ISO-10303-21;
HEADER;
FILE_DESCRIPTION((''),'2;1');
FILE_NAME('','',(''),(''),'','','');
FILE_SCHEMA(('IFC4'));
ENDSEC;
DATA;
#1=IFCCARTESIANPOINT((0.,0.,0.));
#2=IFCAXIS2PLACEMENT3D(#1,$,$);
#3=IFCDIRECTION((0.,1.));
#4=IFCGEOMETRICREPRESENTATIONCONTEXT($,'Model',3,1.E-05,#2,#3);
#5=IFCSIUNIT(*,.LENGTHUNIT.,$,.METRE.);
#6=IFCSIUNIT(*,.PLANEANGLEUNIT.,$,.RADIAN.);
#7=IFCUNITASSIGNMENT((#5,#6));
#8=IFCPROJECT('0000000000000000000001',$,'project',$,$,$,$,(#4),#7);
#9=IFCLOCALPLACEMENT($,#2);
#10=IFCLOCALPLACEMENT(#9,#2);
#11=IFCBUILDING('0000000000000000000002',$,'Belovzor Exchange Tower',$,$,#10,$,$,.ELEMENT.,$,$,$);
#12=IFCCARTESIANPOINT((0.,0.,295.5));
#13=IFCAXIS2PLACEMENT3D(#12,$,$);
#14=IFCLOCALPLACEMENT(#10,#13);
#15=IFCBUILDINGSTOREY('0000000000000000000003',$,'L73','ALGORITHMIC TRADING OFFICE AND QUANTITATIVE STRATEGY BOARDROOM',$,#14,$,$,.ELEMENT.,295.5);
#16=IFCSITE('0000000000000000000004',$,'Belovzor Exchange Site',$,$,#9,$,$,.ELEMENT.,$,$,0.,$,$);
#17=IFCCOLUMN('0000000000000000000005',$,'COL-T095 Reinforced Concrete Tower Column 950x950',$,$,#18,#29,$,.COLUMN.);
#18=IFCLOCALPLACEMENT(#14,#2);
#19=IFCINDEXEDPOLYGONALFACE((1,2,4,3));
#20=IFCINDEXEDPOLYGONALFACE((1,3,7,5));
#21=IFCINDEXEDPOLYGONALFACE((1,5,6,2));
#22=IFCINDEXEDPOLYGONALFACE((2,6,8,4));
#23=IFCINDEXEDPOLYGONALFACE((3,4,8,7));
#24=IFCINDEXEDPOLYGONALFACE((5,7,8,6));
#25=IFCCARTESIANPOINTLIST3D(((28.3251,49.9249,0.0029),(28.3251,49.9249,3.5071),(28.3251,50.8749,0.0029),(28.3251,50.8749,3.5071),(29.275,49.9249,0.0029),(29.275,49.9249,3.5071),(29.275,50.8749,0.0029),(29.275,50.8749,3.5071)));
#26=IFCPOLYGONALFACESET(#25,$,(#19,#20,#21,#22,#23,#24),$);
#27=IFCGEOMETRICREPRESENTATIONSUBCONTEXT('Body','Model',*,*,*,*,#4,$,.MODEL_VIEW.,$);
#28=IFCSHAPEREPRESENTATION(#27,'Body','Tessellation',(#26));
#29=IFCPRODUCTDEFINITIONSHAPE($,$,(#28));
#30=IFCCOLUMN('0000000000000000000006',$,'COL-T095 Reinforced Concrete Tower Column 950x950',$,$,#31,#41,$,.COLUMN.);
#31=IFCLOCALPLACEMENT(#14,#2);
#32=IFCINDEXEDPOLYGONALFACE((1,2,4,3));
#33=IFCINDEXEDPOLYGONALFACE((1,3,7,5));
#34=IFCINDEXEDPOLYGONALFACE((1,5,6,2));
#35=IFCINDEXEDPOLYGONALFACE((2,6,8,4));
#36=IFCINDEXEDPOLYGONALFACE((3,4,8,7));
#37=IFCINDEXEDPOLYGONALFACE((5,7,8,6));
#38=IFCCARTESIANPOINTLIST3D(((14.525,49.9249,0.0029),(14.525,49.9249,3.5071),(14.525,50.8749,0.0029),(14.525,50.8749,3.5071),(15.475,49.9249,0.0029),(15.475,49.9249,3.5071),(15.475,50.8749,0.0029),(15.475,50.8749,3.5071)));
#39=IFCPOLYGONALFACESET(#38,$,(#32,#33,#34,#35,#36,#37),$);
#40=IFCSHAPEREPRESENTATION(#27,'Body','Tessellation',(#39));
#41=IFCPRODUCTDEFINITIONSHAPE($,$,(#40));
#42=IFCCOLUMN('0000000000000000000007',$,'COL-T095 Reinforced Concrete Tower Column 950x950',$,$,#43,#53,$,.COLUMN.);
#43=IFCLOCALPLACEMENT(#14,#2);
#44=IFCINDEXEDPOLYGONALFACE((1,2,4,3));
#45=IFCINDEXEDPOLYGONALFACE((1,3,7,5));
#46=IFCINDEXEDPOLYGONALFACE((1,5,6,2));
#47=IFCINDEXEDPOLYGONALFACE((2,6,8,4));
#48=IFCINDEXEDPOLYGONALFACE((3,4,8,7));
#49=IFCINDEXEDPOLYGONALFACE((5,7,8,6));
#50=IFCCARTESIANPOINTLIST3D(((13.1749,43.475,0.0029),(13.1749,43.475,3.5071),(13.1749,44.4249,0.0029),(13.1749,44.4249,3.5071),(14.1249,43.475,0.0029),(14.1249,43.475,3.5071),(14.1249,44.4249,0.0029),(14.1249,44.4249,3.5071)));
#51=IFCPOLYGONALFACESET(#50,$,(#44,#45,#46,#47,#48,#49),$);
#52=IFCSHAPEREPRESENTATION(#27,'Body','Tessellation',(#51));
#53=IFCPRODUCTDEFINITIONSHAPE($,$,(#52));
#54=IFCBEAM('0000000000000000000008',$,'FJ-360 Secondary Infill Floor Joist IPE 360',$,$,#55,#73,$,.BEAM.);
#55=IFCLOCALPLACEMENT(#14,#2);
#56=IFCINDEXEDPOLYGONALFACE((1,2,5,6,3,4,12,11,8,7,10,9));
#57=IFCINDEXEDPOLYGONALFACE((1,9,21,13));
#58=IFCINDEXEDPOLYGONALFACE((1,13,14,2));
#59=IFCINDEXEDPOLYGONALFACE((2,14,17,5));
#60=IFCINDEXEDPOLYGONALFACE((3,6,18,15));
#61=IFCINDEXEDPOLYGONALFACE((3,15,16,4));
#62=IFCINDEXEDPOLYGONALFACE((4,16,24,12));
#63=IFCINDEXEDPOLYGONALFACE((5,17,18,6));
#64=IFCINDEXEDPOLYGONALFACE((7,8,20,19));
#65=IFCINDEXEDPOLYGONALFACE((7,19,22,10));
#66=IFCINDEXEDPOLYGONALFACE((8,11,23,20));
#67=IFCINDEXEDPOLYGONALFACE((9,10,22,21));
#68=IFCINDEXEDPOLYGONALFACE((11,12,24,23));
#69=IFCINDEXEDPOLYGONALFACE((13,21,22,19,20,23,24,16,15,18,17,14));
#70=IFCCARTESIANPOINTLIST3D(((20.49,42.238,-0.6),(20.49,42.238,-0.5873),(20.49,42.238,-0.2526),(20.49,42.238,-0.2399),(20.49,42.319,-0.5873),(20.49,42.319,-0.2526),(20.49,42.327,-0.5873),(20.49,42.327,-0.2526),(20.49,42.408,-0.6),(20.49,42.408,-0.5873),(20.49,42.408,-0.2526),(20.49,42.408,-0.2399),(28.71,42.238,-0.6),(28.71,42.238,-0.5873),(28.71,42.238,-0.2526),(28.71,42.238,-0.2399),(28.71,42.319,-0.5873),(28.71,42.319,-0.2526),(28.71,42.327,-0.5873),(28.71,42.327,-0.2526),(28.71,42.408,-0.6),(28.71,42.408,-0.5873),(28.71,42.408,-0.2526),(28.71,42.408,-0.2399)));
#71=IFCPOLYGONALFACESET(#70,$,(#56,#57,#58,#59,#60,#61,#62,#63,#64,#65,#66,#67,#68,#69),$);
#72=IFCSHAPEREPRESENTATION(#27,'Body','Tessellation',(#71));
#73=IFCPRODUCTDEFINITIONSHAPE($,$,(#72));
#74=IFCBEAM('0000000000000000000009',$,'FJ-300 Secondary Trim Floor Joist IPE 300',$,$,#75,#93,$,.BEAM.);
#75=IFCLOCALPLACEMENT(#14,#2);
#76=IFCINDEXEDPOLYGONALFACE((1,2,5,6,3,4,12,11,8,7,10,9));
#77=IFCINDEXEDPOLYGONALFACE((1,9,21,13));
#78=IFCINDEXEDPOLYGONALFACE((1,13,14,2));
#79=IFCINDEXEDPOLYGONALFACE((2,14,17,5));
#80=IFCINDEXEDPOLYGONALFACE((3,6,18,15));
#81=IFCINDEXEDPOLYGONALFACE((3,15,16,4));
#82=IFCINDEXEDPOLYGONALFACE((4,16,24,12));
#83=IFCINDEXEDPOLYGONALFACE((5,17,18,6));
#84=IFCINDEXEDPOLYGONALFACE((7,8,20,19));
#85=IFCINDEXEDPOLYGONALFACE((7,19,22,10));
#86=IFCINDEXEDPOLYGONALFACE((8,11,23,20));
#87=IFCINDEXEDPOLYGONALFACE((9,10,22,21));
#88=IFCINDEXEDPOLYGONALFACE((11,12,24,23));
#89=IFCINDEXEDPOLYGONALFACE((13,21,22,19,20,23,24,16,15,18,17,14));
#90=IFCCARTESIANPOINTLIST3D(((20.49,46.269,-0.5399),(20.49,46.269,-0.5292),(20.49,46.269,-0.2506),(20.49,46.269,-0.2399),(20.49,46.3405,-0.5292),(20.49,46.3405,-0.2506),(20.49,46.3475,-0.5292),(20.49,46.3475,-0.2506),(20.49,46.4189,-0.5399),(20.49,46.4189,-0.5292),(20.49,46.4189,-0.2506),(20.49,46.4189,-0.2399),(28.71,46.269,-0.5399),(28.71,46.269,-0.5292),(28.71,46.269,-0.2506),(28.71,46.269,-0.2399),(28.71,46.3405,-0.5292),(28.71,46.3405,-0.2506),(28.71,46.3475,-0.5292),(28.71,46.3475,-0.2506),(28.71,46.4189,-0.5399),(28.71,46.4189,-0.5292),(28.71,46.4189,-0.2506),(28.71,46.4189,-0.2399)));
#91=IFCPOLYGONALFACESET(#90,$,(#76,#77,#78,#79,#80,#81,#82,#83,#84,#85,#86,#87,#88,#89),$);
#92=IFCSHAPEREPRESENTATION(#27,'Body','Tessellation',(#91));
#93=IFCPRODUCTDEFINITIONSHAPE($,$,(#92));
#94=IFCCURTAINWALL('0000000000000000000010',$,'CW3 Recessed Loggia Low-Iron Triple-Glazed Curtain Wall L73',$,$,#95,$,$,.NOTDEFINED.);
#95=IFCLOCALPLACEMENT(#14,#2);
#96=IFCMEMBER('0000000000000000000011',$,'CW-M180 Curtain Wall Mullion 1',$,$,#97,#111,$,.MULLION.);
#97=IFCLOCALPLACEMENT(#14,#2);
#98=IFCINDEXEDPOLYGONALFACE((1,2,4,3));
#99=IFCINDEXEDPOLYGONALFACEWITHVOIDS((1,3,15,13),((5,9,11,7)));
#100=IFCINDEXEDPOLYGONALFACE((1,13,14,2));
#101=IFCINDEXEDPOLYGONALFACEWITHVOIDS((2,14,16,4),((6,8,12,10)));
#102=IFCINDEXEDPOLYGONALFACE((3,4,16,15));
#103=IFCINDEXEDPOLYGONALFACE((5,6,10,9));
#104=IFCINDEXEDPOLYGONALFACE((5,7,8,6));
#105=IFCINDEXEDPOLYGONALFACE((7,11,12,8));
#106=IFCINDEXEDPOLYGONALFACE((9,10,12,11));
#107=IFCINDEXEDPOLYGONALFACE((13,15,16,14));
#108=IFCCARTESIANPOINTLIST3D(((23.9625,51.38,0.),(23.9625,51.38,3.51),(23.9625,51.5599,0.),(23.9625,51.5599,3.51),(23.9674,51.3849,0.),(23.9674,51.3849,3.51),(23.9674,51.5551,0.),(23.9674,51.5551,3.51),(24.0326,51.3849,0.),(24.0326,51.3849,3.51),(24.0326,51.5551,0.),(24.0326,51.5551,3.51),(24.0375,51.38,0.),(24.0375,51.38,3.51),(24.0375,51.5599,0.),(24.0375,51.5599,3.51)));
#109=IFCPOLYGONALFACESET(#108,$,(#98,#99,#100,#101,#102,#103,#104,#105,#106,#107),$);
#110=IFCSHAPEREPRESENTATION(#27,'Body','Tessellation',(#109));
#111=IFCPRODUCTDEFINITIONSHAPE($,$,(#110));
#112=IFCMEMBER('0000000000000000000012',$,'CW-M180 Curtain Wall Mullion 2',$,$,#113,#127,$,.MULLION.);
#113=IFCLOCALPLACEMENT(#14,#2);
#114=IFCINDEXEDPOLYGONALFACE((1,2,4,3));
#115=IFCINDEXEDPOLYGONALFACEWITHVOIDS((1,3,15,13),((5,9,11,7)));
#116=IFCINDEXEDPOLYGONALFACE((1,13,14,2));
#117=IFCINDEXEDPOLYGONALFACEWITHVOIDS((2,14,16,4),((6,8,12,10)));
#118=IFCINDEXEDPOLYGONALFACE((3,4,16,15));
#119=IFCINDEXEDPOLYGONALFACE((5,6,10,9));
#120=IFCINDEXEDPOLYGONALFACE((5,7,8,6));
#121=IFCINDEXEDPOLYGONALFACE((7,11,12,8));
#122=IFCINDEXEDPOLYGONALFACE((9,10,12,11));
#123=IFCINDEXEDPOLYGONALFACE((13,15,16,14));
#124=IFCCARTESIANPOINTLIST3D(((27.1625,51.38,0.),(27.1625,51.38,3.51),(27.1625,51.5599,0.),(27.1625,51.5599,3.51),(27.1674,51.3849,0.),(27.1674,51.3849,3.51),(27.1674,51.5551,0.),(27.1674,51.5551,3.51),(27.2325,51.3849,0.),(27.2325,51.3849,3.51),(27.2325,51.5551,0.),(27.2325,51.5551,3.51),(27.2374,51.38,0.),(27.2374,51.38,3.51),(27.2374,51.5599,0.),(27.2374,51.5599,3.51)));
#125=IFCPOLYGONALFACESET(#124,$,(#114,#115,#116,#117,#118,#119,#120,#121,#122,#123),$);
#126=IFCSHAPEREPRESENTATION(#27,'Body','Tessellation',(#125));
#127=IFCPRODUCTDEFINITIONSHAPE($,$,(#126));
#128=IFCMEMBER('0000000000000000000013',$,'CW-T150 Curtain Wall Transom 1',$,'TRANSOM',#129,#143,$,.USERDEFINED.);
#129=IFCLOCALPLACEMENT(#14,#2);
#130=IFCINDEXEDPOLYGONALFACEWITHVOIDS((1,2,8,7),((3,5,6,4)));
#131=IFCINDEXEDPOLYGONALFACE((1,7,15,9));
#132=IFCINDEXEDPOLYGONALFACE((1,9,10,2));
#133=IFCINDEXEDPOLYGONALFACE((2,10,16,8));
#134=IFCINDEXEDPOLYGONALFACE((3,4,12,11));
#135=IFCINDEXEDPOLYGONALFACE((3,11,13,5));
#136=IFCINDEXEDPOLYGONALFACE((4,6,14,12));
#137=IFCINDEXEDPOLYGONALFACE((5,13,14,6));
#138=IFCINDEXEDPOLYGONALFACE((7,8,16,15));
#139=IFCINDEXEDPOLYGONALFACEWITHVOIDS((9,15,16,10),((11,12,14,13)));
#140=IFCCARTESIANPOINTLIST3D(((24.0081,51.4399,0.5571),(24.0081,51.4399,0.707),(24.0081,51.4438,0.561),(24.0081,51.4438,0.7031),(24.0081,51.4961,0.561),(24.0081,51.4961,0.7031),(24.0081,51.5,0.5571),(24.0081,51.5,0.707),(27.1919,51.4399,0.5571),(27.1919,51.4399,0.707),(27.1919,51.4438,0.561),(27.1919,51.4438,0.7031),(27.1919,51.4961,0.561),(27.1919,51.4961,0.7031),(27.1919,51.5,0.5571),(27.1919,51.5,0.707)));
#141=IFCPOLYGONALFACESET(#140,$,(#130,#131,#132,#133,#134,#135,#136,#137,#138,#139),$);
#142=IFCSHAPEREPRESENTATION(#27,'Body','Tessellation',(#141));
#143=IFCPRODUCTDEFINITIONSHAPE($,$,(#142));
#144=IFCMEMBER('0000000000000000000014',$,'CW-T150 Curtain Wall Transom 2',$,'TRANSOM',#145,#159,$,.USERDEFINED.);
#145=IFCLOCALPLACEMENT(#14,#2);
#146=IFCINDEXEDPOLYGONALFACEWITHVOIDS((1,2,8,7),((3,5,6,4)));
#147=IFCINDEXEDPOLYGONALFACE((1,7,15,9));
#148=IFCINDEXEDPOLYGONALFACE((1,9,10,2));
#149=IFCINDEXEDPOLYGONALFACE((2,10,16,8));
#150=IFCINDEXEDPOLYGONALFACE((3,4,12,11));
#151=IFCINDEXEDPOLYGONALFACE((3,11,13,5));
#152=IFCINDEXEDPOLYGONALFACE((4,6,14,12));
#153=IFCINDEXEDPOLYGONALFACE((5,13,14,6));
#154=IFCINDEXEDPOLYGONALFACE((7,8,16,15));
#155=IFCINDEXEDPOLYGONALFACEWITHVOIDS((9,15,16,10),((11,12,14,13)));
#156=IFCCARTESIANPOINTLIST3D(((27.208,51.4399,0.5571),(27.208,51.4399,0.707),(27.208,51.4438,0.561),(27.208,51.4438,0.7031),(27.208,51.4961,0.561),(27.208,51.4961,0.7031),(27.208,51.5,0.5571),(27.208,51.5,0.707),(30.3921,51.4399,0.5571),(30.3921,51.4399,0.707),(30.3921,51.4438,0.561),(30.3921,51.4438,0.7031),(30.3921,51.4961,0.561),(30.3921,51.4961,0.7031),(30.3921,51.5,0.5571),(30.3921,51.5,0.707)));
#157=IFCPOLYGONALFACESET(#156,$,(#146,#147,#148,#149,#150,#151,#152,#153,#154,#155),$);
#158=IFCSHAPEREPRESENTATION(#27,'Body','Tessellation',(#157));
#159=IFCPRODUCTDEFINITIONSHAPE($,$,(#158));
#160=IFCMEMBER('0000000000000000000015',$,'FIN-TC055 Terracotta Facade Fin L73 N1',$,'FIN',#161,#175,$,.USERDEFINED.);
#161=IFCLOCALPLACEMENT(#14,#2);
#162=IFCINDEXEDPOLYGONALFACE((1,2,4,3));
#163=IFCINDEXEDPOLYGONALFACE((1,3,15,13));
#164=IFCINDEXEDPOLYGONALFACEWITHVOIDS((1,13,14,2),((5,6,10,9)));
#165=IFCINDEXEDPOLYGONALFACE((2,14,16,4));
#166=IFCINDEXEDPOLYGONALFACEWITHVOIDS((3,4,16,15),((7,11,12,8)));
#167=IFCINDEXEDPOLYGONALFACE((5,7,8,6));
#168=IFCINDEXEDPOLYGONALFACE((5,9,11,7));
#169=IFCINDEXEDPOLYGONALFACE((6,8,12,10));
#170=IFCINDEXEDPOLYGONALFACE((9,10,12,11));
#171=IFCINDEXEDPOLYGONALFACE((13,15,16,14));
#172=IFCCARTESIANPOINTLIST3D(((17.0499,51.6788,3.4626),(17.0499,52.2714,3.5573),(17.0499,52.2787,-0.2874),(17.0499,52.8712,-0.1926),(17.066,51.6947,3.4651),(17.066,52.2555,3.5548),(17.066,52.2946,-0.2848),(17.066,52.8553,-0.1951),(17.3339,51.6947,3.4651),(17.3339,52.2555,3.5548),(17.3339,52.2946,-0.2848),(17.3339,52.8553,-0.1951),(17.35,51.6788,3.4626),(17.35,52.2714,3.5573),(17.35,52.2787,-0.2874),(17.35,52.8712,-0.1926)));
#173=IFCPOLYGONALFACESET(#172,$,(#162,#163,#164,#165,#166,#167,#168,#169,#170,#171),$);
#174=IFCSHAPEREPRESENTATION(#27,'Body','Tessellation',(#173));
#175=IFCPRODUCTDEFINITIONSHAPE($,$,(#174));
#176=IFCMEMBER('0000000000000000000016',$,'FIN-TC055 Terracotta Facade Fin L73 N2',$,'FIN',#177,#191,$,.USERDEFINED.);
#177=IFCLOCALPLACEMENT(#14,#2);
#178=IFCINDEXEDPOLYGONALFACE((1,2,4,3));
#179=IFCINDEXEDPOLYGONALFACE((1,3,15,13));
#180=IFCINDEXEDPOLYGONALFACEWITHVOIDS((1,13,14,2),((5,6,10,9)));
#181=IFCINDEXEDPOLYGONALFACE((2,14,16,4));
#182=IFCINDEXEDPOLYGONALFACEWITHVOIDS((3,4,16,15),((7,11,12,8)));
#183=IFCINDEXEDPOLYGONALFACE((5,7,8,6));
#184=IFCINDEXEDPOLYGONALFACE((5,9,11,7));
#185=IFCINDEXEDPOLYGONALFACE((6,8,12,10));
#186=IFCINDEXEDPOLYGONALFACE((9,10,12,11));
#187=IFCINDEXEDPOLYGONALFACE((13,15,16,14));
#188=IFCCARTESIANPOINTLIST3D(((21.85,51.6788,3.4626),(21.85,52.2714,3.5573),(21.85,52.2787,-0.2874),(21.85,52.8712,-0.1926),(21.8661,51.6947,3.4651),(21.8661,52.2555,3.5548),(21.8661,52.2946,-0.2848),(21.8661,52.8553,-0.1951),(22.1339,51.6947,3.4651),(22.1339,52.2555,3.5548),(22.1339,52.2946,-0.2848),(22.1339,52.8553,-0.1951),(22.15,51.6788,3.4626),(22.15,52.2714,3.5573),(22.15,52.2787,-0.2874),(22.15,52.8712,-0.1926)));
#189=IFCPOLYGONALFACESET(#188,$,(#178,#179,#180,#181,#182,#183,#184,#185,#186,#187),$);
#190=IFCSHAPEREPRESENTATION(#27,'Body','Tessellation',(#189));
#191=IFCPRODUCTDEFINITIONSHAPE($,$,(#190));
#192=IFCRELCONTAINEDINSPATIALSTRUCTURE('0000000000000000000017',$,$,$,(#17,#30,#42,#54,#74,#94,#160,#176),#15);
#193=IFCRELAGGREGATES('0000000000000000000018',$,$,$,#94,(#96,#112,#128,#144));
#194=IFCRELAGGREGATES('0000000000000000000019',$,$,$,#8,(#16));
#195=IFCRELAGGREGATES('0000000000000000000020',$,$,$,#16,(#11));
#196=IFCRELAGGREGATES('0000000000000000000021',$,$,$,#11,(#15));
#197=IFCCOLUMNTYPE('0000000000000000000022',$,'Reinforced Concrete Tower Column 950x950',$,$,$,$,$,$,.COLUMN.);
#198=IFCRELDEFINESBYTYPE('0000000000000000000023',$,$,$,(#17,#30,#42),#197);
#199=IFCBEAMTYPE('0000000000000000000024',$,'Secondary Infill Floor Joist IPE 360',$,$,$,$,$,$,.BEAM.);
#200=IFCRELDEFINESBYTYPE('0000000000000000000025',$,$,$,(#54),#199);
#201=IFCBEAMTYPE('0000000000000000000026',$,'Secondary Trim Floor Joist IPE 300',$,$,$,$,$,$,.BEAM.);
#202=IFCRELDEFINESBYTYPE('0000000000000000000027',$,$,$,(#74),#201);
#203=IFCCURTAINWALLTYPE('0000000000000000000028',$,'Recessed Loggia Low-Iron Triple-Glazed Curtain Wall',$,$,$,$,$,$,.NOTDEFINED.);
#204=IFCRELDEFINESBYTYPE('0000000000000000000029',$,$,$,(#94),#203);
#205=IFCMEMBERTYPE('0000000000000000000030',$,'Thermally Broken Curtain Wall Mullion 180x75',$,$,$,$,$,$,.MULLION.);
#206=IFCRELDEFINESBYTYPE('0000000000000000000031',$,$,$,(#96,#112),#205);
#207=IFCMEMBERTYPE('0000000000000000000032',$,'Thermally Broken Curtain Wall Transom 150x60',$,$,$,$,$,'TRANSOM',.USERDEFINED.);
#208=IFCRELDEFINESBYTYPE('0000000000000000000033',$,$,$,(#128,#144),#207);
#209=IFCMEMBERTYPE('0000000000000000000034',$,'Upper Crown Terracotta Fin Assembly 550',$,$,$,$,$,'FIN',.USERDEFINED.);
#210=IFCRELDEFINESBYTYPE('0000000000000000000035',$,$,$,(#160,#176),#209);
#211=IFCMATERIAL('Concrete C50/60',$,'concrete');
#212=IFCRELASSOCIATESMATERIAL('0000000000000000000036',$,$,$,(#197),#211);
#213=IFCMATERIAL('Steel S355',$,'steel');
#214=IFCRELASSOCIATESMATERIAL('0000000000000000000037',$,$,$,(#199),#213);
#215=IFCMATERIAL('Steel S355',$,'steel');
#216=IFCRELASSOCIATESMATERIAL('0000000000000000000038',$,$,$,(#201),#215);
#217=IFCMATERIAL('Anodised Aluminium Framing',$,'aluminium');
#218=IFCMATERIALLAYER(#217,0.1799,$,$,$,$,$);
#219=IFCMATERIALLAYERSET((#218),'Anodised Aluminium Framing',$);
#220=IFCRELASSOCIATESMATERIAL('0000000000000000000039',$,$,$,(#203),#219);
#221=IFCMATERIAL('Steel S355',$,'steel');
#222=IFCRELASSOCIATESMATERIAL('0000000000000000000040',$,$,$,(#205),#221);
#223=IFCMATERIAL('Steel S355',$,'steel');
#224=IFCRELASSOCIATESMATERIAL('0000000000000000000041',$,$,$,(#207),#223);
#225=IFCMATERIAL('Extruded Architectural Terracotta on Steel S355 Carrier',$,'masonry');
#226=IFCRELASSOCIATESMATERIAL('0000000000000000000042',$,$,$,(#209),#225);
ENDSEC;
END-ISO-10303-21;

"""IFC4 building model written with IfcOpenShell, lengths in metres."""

from ifc_helpers import new_model, si_unit, direction, frame, origin, origin_2d, place, context, subcontext, project, spatial, rectangle, hollow_rectangle, i_section, extrude, material, layer, layer_set, material_profile, profile_set, type_object, element, aggregate, save


model = new_model("IFC4")

# Units and contexts
model_context = context("Model", 3, precision=1e-05, world=origin(), true_north=direction((0.0, 1.0)))
body_context = subcontext(model_context, "Body", "Model", "MODEL_VIEW")
ifc_project = project(units=[si_unit("LENGTHUNIT", "METRE"), si_unit("PLANEANGLEUNIT", "RADIAN")], contexts=[model_context])

# Site, building, storey
site_placement = place(None, origin())
site = spatial("IfcSite", under=ifc_project, at=site_placement, Name="Belovzor Exchange Site", CompositionType="ELEMENT", RefElevation=0.0)
building_placement = place(site_placement, origin())
building = spatial("IfcBuilding", under=site, at=building_placement, Name="Belovzor Exchange Tower", CompositionType="ELEMENT")
storey_placement = place(building_placement, frame((0.0, 0.0, 295.5)))
storey = spatial("IfcBuildingStorey", under=building, at=storey_placement, Name="L73", Description="ALGORITHMIC TRADING OFFICE AND QUANTITATIVE STRATEGY BOARDROOM", CompositionType="ELEMENT", Elevation=295.5)

# Columns
ifc_material_1 = material(Name="Concrete C50/60", Category="concrete")
ifc_material_profile_1 = material_profile(ifc_material_1, rectangle(XDim=0.95, YDim=0.95, at=origin_2d()))
ifc_profile_set_1 = profile_set([ifc_material_profile_1], Name="Concrete C50/60")
column_type = type_object("IfcColumnType", Name="Reinforced Concrete Tower Column 950x950", PredefinedType="COLUMN", material=ifc_profile_set_1)
for number, where, z_axis, x_axis, name in (
    (1, (28.8, 50.3999, 0.0029), (0.0, 0.0, 1.0), (1.0, 0.0, 0.0), "COL-T095 Reinforced Concrete Tower Column 950x950"),
    (2, (15.0, 50.3999, 0.0029), (0.0, 0.0, 1.0), (1.0, 0.0, 0.0), "COL-T095 Reinforced Concrete Tower Column 950x950"),
    (3, (13.6499, 43.95, 0.0029), (0.0, 0.0, 1.0), (1.0, 0.0, 0.0), "COL-T095 Reinforced Concrete Tower Column 950x950"),
):
    element("IfcColumn", number, at=place(storey_placement, frame(where, z_axis=z_axis, x_axis=x_axis)), inside=storey, type_object=column_type, Name=name, PredefinedType="COLUMN", context=body_context, shape_type="SweptSolid", body=[
        extrude(rectangle(XDim=0.95, YDim=0.95, at=origin_2d()), origin(), (0.0, 0.0, 1.0), 3.5042),
    ])

# Beams
ifc_material_2 = material(Name="Steel S355", Category="steel")
ifc_material_profile_2 = material_profile(ifc_material_2, i_section(OverallWidth=0.1699, OverallDepth=0.3601, WebThickness=0.0081, FlangeThickness=0.0127, at=origin_2d()))
ifc_profile_set_2 = profile_set([ifc_material_profile_2], Name="Steel S355")
beam_type_1 = type_object("IfcBeamType", Name="Secondary Infill Floor Joist IPE 360", PredefinedType="BEAM", material=ifc_profile_set_2)
beam_1_placement = place(storey_placement, frame((20.49, 42.323, -0.4199), z_axis=(1.0, 0.0, 0.0), x_axis=(0.0, 1.0, 0.0)))
element("IfcBeam", 4, at=beam_1_placement, inside=storey, type_object=beam_type_1, Name="FJ-360 Secondary Infill Floor Joist IPE 360", PredefinedType="BEAM", context=body_context, shape_type="SweptSolid", body=[
    extrude(i_section(OverallWidth=0.1699, OverallDepth=0.3601, WebThickness=0.0081, FlangeThickness=0.0127, at=origin_2d()), origin(), (0.0, 0.0, 1.0), 8.22),
])
ifc_material_3 = material(Name="Steel S355", Category="steel")
ifc_material_profile_3 = material_profile(ifc_material_3, i_section(OverallWidth=0.1499, OverallDepth=0.3, WebThickness=0.0071, FlangeThickness=0.0107, at=origin_2d()))
ifc_profile_set_3 = profile_set([ifc_material_profile_3], Name="Steel S355")
beam_type_2 = type_object("IfcBeamType", Name="Secondary Trim Floor Joist IPE 300", PredefinedType="BEAM", material=ifc_profile_set_3)
beam_2_placement = place(storey_placement, frame((20.49, 46.344, -0.3899), z_axis=(1.0, 0.0, 0.0), x_axis=(0.0, 1.0, 0.0)))
element("IfcBeam", 5, at=beam_2_placement, inside=storey, type_object=beam_type_2, Name="FJ-300 Secondary Trim Floor Joist IPE 300", PredefinedType="BEAM", context=body_context, shape_type="SweptSolid", body=[
    extrude(i_section(OverallWidth=0.1499, OverallDepth=0.3, WebThickness=0.0071, FlangeThickness=0.0107, at=origin_2d()), origin(), (0.0, 0.0, 1.0), 8.22),
])

# Curtain wall, members
ifc_material_4 = material(Name="Anodised Aluminium Framing", Category="aluminium")
ifc_layer_1 = layer(ifc_material_4, 0.1799)
ifc_layer_set_1 = layer_set([ifc_layer_1], Name="Anodised Aluminium Framing")
curtain_wall_type = type_object("IfcCurtainWallType", Name="Recessed Loggia Low-Iron Triple-Glazed Curtain Wall", PredefinedType="NOTDEFINED", material=ifc_layer_set_1)
curtain_wall_placement = place(storey_placement, origin())
curtain_wall = element("IfcCurtainWall", 6, at=curtain_wall_placement, inside=storey, type_object=curtain_wall_type, Name="CW3 Recessed Loggia Low-Iron Triple-Glazed Curtain Wall L73", PredefinedType="NOTDEFINED")
ifc_material_5 = material(Name="Steel S355", Category="steel")
ifc_material_profile_4 = material_profile(ifc_material_5, hollow_rectangle(XDim=0.075, YDim=0.1799, WallThickness=0.0049, at=origin_2d()))
ifc_profile_set_4 = profile_set([ifc_material_profile_4], Name="Steel S355")
member_type_1 = type_object("IfcMemberType", Name="Thermally Broken Curtain Wall Mullion 180x75", PredefinedType="MULLION", material=ifc_profile_set_4)
member_1_placement = place(storey_placement, frame((24.0, 51.47, 0.0), z_axis=(0.0, 0.0, 1.0), x_axis=(1.0, 0.0, 0.0)))
member_1 = element("IfcMember", 7, at=member_1_placement, type_object=member_type_1, Name="CW-M180 Curtain Wall Mullion 1", PredefinedType="MULLION", context=body_context, shape_type="SweptSolid", body=[
    extrude(hollow_rectangle(XDim=0.075, YDim=0.1799, WallThickness=0.0049, at=origin_2d()), origin(), (0.0, 0.0, 1.0), 3.51),
])
member_2_placement = place(storey_placement, frame((27.2, 51.47, 0.0), z_axis=(0.0, 0.0, 1.0), x_axis=(1.0, 0.0, 0.0)))
member_2 = element("IfcMember", 8, at=member_2_placement, type_object=member_type_1, Name="CW-M180 Curtain Wall Mullion 2", PredefinedType="MULLION", context=body_context, shape_type="SweptSolid", body=[
    extrude(hollow_rectangle(XDim=0.075, YDim=0.1799, WallThickness=0.0049, at=origin_2d()), origin(), (0.0, 0.0, 1.0), 3.51),
])
ifc_material_6 = material(Name="Steel S355", Category="steel")
ifc_material_profile_5 = material_profile(ifc_material_6, hollow_rectangle(XDim=0.0601, YDim=0.1499, WallThickness=0.0039, at=origin_2d()))
ifc_profile_set_5 = profile_set([ifc_material_profile_5], Name="Steel S355")
member_type_2 = type_object("IfcMemberType", Name="Thermally Broken Curtain Wall Transom 150x60", ElementType="TRANSOM", PredefinedType="USERDEFINED", material=ifc_profile_set_5)
member_3_placement = place(storey_placement, frame((24.0081, 51.47, 0.6321), z_axis=(1.0, 0.0, 0.0), x_axis=(0.0, 1.0, 0.0)))
member_3 = element("IfcMember", 9, at=member_3_placement, type_object=member_type_2, Name="CW-T150 Curtain Wall Transom 1", ObjectType="TRANSOM", PredefinedType="USERDEFINED", context=body_context, shape_type="SweptSolid", body=[
    extrude(hollow_rectangle(XDim=0.0601, YDim=0.1499, WallThickness=0.0039, at=origin_2d()), origin(), (0.0, 0.0, 1.0), 3.1838),
])
member_4_placement = place(storey_placement, frame((27.208, 51.47, 0.6321), z_axis=(1.0, 0.0, 0.0), x_axis=(0.0, 1.0, 0.0)))
member_4 = element("IfcMember", 10, at=member_4_placement, type_object=member_type_2, Name="CW-T150 Curtain Wall Transom 2", ObjectType="TRANSOM", PredefinedType="USERDEFINED", context=body_context, shape_type="SweptSolid", body=[
    extrude(hollow_rectangle(XDim=0.0601, YDim=0.1499, WallThickness=0.0039, at=origin_2d()), origin(), (0.0, 0.0, 1.0), 3.1841),
])

# Members
ifc_material_7 = material(Name="Extruded Architectural Terracotta on Steel S355 Carrier", Category="masonry")
ifc_material_profile_6 = material_profile(ifc_material_7, hollow_rectangle(XDim=0.3, YDim=0.6001, WallThickness=0.0161, at=origin_2d()))
ifc_profile_set_6 = profile_set([ifc_material_profile_6], Name="Extruded Architectural Terracotta on Steel S355 Carrier")
member_type_3 = type_object("IfcMemberType", Name="Upper Crown Terracotta Fin Assembly 550", ElementType="FIN", PredefinedType="USERDEFINED", material=ifc_profile_set_6)
for number, where, z_axis, x_axis, name in (
    (11, (17.2, 52.575, -0.24), (0.0, -0.157953, 0.987447), (1.0, 0.0, 0.0), "FIN-TC055 Terracotta Facade Fin L73 N1"),
    (12, (22.0, 52.575, -0.24), (0.0, -0.157953, 0.987447), (1.0, 0.0, 0.0), "FIN-TC055 Terracotta Facade Fin L73 N2"),
):
    element("IfcMember", number, at=place(storey_placement, frame(where, z_axis=z_axis, x_axis=x_axis)), inside=storey, type_object=member_type_3, Name=name, ObjectType="FIN", PredefinedType="USERDEFINED", context=body_context, shape_type="SweptSolid", body=[
        extrude(hollow_rectangle(XDim=0.3, YDim=0.6001, WallThickness=0.0161, at=origin_2d()), origin(), (0.0, 0.0, 1.0), 3.7976),
    ])

aggregate(curtain_wall, [member_1, member_2, member_3, member_4])

save(model, "model.ifc")
